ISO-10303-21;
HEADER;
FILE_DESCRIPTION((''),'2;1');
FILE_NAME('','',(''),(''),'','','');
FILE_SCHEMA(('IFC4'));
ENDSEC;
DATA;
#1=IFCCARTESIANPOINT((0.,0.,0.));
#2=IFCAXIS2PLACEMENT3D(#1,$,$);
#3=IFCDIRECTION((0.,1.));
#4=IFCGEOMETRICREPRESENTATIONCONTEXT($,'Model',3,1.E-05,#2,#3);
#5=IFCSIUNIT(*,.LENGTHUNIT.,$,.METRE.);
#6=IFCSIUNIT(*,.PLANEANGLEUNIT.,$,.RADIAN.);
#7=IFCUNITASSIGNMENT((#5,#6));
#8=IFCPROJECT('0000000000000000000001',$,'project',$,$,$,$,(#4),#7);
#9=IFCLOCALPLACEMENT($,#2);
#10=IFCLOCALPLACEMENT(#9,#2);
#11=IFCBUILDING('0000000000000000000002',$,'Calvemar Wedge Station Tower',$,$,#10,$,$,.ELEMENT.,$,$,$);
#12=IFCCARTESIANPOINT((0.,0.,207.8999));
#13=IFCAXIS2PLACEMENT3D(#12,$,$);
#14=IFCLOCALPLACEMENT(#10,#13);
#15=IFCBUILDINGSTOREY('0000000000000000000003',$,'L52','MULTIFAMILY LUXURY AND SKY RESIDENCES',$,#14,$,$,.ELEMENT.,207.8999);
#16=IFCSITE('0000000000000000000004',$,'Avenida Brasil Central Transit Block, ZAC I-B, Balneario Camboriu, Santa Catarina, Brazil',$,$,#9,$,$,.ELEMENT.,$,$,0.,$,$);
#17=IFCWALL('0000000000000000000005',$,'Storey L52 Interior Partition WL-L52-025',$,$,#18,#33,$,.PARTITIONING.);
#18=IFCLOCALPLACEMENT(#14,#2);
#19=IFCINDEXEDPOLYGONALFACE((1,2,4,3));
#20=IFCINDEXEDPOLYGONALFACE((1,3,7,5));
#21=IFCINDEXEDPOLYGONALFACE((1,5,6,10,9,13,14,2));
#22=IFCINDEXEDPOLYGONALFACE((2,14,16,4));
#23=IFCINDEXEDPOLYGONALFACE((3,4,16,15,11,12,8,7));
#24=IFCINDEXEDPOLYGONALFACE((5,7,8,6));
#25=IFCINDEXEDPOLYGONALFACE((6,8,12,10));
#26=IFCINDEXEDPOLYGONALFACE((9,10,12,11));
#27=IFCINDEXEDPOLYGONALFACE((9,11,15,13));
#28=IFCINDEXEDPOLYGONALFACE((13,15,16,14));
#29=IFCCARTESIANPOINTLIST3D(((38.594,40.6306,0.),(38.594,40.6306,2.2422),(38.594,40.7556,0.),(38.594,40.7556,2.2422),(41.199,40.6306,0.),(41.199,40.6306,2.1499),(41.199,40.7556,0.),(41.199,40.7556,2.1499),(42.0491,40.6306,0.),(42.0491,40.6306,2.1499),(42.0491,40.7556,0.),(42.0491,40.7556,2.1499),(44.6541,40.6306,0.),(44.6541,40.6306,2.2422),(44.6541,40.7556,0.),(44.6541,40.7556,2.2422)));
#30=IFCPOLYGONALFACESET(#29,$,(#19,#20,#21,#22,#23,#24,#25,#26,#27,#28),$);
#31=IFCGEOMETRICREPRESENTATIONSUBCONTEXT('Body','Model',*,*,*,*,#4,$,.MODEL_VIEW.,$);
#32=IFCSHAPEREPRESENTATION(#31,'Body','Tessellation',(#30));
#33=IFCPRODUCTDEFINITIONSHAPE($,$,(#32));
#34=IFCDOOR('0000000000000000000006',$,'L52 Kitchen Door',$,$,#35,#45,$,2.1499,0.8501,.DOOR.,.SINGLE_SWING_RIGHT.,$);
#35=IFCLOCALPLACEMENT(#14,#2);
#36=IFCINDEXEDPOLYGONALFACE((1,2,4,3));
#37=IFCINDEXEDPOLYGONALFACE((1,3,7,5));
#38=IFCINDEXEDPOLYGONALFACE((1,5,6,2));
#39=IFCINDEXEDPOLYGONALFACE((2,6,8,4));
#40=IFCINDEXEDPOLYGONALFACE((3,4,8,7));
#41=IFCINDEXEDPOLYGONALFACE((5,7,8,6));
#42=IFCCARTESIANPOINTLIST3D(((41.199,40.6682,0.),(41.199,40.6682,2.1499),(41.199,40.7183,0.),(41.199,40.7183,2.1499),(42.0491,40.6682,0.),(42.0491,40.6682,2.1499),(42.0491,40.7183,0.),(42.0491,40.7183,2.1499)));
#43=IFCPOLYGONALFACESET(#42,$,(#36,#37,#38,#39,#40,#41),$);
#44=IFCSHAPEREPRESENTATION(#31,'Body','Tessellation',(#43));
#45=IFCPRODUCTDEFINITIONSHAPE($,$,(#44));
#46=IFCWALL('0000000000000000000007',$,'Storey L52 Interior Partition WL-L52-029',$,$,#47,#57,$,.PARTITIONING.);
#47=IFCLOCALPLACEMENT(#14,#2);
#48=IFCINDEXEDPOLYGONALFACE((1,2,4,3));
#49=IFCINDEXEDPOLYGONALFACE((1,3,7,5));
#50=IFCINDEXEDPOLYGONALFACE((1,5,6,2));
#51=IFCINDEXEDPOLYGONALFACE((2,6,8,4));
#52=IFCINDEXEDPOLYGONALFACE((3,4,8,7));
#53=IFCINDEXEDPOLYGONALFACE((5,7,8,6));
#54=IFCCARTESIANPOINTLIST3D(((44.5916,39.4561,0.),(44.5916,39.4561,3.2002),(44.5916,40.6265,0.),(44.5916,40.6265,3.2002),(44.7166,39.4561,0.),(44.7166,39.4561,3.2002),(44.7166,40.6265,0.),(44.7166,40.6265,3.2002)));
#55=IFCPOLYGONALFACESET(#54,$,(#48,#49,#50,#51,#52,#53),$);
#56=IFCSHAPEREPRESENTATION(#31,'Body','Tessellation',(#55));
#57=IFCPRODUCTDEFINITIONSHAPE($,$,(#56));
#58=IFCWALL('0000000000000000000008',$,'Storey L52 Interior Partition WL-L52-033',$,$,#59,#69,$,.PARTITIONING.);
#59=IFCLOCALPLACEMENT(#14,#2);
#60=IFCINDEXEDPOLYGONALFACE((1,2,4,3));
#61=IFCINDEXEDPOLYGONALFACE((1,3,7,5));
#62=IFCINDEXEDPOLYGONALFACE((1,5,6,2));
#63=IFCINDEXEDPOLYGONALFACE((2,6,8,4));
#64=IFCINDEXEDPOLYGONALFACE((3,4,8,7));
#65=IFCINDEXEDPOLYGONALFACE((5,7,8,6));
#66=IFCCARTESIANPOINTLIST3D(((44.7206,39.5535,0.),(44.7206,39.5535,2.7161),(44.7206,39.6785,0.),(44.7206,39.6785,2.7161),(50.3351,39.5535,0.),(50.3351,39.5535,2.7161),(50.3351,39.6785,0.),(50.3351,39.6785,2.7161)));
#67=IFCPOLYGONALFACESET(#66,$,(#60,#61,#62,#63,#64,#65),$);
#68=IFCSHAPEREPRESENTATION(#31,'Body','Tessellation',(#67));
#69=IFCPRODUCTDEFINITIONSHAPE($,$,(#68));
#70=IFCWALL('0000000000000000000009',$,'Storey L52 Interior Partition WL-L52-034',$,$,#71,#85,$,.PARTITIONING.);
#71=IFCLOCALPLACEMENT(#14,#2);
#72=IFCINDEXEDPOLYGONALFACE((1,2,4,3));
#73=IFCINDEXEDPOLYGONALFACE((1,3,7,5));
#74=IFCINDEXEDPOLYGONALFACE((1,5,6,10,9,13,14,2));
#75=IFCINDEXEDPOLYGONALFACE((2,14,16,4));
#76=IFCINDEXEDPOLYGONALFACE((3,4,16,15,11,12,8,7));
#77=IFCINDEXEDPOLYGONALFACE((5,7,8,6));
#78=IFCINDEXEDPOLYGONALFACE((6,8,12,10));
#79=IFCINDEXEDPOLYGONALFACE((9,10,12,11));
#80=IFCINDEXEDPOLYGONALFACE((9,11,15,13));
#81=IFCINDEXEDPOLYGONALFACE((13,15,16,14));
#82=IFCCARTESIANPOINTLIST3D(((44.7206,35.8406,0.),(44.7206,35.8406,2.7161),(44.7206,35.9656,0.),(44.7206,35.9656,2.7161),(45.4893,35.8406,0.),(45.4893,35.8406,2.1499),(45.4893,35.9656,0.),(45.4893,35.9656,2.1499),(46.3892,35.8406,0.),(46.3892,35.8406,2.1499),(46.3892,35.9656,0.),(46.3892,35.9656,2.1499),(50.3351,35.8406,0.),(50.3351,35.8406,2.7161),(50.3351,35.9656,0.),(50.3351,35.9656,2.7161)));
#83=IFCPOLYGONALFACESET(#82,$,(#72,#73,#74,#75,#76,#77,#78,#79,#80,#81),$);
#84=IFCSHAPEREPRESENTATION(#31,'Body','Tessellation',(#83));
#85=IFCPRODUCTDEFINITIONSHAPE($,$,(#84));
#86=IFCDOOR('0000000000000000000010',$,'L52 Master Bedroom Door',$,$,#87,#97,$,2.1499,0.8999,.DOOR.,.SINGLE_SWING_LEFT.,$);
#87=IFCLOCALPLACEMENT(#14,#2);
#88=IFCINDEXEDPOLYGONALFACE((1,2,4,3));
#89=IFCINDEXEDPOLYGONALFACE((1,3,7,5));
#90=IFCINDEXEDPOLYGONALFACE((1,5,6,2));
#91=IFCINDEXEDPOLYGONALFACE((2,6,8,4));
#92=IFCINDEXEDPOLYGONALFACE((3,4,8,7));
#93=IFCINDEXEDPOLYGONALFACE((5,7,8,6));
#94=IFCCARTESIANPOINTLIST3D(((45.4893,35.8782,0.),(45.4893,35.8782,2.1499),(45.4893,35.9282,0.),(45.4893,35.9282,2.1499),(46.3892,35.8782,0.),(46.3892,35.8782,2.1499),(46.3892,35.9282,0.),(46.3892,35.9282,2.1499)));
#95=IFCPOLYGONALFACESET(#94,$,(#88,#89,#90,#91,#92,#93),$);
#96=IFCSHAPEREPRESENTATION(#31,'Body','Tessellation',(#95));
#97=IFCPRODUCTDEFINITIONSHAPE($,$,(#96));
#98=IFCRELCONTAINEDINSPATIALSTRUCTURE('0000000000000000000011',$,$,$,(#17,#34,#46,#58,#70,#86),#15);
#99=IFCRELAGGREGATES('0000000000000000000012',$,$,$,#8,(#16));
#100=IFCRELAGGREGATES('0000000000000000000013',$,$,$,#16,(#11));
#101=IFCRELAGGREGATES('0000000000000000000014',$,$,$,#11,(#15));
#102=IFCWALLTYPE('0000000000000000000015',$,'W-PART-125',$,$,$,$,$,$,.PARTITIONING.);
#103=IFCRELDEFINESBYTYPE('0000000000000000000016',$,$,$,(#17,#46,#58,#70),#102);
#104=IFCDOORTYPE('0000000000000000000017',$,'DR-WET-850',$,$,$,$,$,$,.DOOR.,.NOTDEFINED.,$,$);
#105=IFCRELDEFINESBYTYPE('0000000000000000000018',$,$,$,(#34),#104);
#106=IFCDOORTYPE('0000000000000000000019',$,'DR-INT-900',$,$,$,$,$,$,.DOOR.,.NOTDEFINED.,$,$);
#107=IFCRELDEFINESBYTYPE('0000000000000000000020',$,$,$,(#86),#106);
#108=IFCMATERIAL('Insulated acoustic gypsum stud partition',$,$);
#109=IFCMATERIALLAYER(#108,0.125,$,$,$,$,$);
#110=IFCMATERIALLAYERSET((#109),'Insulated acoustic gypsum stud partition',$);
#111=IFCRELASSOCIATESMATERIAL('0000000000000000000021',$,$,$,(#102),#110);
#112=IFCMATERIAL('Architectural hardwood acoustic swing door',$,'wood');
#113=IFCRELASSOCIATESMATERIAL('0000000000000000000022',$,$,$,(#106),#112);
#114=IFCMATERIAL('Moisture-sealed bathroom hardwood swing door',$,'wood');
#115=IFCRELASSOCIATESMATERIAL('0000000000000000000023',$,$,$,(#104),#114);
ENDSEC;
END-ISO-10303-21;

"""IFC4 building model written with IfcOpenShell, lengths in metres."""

from ifc_helpers import new_model, si_unit, direction, frame, frame_2d, origin, place, context, subcontext, project, spatial, rectangle, extrude, source, transform, mapped, material, layer, layer_set, type_object, element, fill, save


model = new_model("IFC4")

# Units and contexts
model_context = context("Model", 3, precision=1e-05, world=origin(), true_north=direction((0.0, 1.0)))
body_context = subcontext(model_context, "Body", "Model", "MODEL_VIEW")
ifc_project = project(units=[si_unit("LENGTHUNIT", "METRE"), si_unit("PLANEANGLEUNIT", "RADIAN")], contexts=[model_context])

# Site, building, storey
site_placement = place(None, origin())
site = spatial("IfcSite", under=ifc_project, at=site_placement, Name="Avenida Brasil Central Transit Block, ZAC I-B, Balneario Camboriu, Santa Catarina, Brazil", CompositionType="ELEMENT", RefElevation=0.0)
building_placement = place(site_placement, origin())
building = spatial("IfcBuilding", under=site, at=building_placement, Name="Calvemar Wedge Station Tower", CompositionType="ELEMENT")
storey_placement = place(building_placement, frame((0.0, 0.0, 207.8999)))
storey = spatial("IfcBuildingStorey", under=building, at=storey_placement, Name="L52", Description="MULTIFAMILY LUXURY AND SKY RESIDENCES", CompositionType="ELEMENT", Elevation=207.8999)

# Shared definitions
ifc_material_1 = material(Name="Insulated acoustic gypsum stud partition")
ifc_layer_1 = layer(ifc_material_1, 0.125)
ifc_layer_set_1 = layer_set([ifc_layer_1], Name="Insulated acoustic gypsum stud partition")
wall_type_1 = type_object("IfcWallType", Name="W-PART-125", PredefinedType="PARTITIONING", material=ifc_layer_set_1)
shared_shape_1 = source(origin(), body_context, "Body", "SweptSolid", [
    extrude(rectangle(XDim=0.8999, YDim=2.1499, at=frame_2d((0.45, 1.075))), frame((0.0, 0.0725, 0.0), z_axis=(0.0, -1.0, 0.0), x_axis=(1.0, 0.0, 0.0)), (0.0, 0.0, 1.0), 0.145),
])
ifc_material_2 = material(Name="Architectural hardwood acoustic swing door", Category="wood")
door_type_1 = type_object("IfcDoorType", Name="DR-INT-900", OperationType="NOTDEFINED", PredefinedType="DOOR", material=ifc_material_2)
shared_shape_2 = source(origin(), body_context, "Body", "SweptSolid", [
    extrude(rectangle(XDim=0.8999, YDim=2.1499, at=frame_2d((0.45, 1.075))), frame((0.0, 0.0249, 0.0), z_axis=(0.0, -1.0, 0.0), x_axis=(1.0, 0.0, 0.0)), (0.0, 0.0, 1.0), 0.05),
])

# Wall, opening, door
wall_1_placement = place(storey_placement, frame((44.6541, 40.6931, 0.0), z_axis=(0.0, 0.0, 1.0), x_axis=(-1.0, 0.0, 0.0)))
wall_1 = element("IfcWall", 1, at=wall_1_placement, inside=storey, type_object=wall_type_1, Name="Storey L52 Interior Partition WL-L52-025", PredefinedType="PARTITIONING", context=body_context, shape_type="SweptSolid", body=[
    extrude(rectangle(XDim=6.0601, YDim=0.125, at=frame_2d((3.03, 0.0))), origin(), (0.0, 0.0, 1.0), 2.2422),
])
shared_shape_3 = source(origin(), body_context, "Body", "SweptSolid", [
    extrude(rectangle(XDim=0.8501, YDim=2.1499, at=frame_2d((0.425, 1.075))), frame((0.0, 0.0725, 0.0), z_axis=(0.0, -1.0, 0.0), x_axis=(1.0, 0.0, 0.0)), (0.0, 0.0, 1.0), 0.145),
])
opening_1_placement = place(wall_1_placement, frame((2.605, 0.0, 0.0)))
opening_1 = element("IfcOpeningElement", 2, at=opening_1_placement, cuts=wall_1, PredefinedType="OPENING", context=body_context, shape_type="MappedRepresentation", body=[
    mapped(shared_shape_3, transform((0.0, 0.0, 0.0), scale=1.0)),
])
ifc_material_3 = material(Name="Moisture-sealed bathroom hardwood swing door", Category="wood")
door_type_2 = type_object("IfcDoorType", Name="DR-WET-850", OperationType="NOTDEFINED", PredefinedType="DOOR", material=ifc_material_3)
shared_shape_4 = source(origin(), body_context, "Body", "SweptSolid", [
    extrude(rectangle(XDim=0.8501, YDim=2.1499, at=frame_2d((0.425, 1.075))), frame((0.0, 0.0249, 0.0), z_axis=(0.0, -1.0, 0.0), x_axis=(1.0, 0.0, 0.0)), (0.0, 0.0, 1.0), 0.05),
])
door_1_placement = place(opening_1_placement, origin())
door_1 = element("IfcDoor", 3, at=door_1_placement, inside=storey, type_object=door_type_2, Name="L52 Kitchen Door", OperationType="SINGLE_SWING_RIGHT", OverallHeight=2.1499, OverallWidth=0.8501, PredefinedType="DOOR", context=body_context, shape_type="MappedRepresentation", body=[
    mapped(shared_shape_4, transform((0.0, 0.0, 0.0), scale=1.0)),
])
fill(opening_1, door_1)

# Wall
wall_2_placement = place(storey_placement, frame((44.6541, 40.6265, 0.0), z_axis=(0.0, 0.0, 1.0), x_axis=(0.0, -1.0, 0.0)))
element("IfcWall", 4, at=wall_2_placement, inside=storey, type_object=wall_type_1, Name="Storey L52 Interior Partition WL-L52-029", PredefinedType="PARTITIONING", context=body_context, shape_type="SweptSolid", body=[
    extrude(rectangle(XDim=1.1704, YDim=0.125, at=frame_2d((0.5852, 0.0))), origin(), (0.0, 0.0, 1.0), 3.2002),
])

# Wall
wall_3_placement = place(storey_placement, frame((50.335, 39.616, 0.0), z_axis=(0.0, 0.0, 1.0), x_axis=(-1.0, 0.0, 0.0)))
element("IfcWall", 5, at=wall_3_placement, inside=storey, type_object=wall_type_1, Name="Storey L52 Interior Partition WL-L52-033", PredefinedType="PARTITIONING", context=body_context, shape_type="SweptSolid", body=[
    extrude(rectangle(XDim=5.6145, YDim=0.125, at=frame_2d((2.8071, 0.0))), origin(), (0.0, 0.0, 1.0), 2.7161),
])

# Wall, opening, door
wall_4_placement = place(storey_placement, frame((50.335, 35.9031, 0.0), z_axis=(0.0, 0.0, 1.0), x_axis=(-1.0, 0.0, 0.0)))
wall_4 = element("IfcWall", 6, at=wall_4_placement, inside=storey, type_object=wall_type_1, Name="Storey L52 Interior Partition WL-L52-034", PredefinedType="PARTITIONING", context=body_context, shape_type="SweptSolid", body=[
    extrude(rectangle(XDim=5.6145, YDim=0.125, at=frame_2d((2.8071, 0.0))), origin(), (0.0, 0.0, 1.0), 2.7161),
])
opening_2_placement = place(wall_4_placement, frame((3.9458, 0.0, 0.0)))
opening_2 = element("IfcOpeningElement", 7, at=opening_2_placement, cuts=wall_4, PredefinedType="OPENING", context=body_context, shape_type="MappedRepresentation", body=[
    mapped(shared_shape_1, transform((0.0, 0.0, 0.0), scale=1.0)),
])
door_2_placement = place(opening_2_placement, origin())
door_2 = element("IfcDoor", 8, at=door_2_placement, inside=storey, type_object=door_type_1, Name="L52 Master Bedroom Door", OperationType="SINGLE_SWING_LEFT", OverallHeight=2.1499, OverallWidth=0.8999, PredefinedType="DOOR", context=body_context, shape_type="MappedRepresentation", body=[
    mapped(shared_shape_2, transform((0.0, 0.0, 0.0), scale=1.0)),
])
fill(opening_2, door_2)

save(model, "model.ifc")
